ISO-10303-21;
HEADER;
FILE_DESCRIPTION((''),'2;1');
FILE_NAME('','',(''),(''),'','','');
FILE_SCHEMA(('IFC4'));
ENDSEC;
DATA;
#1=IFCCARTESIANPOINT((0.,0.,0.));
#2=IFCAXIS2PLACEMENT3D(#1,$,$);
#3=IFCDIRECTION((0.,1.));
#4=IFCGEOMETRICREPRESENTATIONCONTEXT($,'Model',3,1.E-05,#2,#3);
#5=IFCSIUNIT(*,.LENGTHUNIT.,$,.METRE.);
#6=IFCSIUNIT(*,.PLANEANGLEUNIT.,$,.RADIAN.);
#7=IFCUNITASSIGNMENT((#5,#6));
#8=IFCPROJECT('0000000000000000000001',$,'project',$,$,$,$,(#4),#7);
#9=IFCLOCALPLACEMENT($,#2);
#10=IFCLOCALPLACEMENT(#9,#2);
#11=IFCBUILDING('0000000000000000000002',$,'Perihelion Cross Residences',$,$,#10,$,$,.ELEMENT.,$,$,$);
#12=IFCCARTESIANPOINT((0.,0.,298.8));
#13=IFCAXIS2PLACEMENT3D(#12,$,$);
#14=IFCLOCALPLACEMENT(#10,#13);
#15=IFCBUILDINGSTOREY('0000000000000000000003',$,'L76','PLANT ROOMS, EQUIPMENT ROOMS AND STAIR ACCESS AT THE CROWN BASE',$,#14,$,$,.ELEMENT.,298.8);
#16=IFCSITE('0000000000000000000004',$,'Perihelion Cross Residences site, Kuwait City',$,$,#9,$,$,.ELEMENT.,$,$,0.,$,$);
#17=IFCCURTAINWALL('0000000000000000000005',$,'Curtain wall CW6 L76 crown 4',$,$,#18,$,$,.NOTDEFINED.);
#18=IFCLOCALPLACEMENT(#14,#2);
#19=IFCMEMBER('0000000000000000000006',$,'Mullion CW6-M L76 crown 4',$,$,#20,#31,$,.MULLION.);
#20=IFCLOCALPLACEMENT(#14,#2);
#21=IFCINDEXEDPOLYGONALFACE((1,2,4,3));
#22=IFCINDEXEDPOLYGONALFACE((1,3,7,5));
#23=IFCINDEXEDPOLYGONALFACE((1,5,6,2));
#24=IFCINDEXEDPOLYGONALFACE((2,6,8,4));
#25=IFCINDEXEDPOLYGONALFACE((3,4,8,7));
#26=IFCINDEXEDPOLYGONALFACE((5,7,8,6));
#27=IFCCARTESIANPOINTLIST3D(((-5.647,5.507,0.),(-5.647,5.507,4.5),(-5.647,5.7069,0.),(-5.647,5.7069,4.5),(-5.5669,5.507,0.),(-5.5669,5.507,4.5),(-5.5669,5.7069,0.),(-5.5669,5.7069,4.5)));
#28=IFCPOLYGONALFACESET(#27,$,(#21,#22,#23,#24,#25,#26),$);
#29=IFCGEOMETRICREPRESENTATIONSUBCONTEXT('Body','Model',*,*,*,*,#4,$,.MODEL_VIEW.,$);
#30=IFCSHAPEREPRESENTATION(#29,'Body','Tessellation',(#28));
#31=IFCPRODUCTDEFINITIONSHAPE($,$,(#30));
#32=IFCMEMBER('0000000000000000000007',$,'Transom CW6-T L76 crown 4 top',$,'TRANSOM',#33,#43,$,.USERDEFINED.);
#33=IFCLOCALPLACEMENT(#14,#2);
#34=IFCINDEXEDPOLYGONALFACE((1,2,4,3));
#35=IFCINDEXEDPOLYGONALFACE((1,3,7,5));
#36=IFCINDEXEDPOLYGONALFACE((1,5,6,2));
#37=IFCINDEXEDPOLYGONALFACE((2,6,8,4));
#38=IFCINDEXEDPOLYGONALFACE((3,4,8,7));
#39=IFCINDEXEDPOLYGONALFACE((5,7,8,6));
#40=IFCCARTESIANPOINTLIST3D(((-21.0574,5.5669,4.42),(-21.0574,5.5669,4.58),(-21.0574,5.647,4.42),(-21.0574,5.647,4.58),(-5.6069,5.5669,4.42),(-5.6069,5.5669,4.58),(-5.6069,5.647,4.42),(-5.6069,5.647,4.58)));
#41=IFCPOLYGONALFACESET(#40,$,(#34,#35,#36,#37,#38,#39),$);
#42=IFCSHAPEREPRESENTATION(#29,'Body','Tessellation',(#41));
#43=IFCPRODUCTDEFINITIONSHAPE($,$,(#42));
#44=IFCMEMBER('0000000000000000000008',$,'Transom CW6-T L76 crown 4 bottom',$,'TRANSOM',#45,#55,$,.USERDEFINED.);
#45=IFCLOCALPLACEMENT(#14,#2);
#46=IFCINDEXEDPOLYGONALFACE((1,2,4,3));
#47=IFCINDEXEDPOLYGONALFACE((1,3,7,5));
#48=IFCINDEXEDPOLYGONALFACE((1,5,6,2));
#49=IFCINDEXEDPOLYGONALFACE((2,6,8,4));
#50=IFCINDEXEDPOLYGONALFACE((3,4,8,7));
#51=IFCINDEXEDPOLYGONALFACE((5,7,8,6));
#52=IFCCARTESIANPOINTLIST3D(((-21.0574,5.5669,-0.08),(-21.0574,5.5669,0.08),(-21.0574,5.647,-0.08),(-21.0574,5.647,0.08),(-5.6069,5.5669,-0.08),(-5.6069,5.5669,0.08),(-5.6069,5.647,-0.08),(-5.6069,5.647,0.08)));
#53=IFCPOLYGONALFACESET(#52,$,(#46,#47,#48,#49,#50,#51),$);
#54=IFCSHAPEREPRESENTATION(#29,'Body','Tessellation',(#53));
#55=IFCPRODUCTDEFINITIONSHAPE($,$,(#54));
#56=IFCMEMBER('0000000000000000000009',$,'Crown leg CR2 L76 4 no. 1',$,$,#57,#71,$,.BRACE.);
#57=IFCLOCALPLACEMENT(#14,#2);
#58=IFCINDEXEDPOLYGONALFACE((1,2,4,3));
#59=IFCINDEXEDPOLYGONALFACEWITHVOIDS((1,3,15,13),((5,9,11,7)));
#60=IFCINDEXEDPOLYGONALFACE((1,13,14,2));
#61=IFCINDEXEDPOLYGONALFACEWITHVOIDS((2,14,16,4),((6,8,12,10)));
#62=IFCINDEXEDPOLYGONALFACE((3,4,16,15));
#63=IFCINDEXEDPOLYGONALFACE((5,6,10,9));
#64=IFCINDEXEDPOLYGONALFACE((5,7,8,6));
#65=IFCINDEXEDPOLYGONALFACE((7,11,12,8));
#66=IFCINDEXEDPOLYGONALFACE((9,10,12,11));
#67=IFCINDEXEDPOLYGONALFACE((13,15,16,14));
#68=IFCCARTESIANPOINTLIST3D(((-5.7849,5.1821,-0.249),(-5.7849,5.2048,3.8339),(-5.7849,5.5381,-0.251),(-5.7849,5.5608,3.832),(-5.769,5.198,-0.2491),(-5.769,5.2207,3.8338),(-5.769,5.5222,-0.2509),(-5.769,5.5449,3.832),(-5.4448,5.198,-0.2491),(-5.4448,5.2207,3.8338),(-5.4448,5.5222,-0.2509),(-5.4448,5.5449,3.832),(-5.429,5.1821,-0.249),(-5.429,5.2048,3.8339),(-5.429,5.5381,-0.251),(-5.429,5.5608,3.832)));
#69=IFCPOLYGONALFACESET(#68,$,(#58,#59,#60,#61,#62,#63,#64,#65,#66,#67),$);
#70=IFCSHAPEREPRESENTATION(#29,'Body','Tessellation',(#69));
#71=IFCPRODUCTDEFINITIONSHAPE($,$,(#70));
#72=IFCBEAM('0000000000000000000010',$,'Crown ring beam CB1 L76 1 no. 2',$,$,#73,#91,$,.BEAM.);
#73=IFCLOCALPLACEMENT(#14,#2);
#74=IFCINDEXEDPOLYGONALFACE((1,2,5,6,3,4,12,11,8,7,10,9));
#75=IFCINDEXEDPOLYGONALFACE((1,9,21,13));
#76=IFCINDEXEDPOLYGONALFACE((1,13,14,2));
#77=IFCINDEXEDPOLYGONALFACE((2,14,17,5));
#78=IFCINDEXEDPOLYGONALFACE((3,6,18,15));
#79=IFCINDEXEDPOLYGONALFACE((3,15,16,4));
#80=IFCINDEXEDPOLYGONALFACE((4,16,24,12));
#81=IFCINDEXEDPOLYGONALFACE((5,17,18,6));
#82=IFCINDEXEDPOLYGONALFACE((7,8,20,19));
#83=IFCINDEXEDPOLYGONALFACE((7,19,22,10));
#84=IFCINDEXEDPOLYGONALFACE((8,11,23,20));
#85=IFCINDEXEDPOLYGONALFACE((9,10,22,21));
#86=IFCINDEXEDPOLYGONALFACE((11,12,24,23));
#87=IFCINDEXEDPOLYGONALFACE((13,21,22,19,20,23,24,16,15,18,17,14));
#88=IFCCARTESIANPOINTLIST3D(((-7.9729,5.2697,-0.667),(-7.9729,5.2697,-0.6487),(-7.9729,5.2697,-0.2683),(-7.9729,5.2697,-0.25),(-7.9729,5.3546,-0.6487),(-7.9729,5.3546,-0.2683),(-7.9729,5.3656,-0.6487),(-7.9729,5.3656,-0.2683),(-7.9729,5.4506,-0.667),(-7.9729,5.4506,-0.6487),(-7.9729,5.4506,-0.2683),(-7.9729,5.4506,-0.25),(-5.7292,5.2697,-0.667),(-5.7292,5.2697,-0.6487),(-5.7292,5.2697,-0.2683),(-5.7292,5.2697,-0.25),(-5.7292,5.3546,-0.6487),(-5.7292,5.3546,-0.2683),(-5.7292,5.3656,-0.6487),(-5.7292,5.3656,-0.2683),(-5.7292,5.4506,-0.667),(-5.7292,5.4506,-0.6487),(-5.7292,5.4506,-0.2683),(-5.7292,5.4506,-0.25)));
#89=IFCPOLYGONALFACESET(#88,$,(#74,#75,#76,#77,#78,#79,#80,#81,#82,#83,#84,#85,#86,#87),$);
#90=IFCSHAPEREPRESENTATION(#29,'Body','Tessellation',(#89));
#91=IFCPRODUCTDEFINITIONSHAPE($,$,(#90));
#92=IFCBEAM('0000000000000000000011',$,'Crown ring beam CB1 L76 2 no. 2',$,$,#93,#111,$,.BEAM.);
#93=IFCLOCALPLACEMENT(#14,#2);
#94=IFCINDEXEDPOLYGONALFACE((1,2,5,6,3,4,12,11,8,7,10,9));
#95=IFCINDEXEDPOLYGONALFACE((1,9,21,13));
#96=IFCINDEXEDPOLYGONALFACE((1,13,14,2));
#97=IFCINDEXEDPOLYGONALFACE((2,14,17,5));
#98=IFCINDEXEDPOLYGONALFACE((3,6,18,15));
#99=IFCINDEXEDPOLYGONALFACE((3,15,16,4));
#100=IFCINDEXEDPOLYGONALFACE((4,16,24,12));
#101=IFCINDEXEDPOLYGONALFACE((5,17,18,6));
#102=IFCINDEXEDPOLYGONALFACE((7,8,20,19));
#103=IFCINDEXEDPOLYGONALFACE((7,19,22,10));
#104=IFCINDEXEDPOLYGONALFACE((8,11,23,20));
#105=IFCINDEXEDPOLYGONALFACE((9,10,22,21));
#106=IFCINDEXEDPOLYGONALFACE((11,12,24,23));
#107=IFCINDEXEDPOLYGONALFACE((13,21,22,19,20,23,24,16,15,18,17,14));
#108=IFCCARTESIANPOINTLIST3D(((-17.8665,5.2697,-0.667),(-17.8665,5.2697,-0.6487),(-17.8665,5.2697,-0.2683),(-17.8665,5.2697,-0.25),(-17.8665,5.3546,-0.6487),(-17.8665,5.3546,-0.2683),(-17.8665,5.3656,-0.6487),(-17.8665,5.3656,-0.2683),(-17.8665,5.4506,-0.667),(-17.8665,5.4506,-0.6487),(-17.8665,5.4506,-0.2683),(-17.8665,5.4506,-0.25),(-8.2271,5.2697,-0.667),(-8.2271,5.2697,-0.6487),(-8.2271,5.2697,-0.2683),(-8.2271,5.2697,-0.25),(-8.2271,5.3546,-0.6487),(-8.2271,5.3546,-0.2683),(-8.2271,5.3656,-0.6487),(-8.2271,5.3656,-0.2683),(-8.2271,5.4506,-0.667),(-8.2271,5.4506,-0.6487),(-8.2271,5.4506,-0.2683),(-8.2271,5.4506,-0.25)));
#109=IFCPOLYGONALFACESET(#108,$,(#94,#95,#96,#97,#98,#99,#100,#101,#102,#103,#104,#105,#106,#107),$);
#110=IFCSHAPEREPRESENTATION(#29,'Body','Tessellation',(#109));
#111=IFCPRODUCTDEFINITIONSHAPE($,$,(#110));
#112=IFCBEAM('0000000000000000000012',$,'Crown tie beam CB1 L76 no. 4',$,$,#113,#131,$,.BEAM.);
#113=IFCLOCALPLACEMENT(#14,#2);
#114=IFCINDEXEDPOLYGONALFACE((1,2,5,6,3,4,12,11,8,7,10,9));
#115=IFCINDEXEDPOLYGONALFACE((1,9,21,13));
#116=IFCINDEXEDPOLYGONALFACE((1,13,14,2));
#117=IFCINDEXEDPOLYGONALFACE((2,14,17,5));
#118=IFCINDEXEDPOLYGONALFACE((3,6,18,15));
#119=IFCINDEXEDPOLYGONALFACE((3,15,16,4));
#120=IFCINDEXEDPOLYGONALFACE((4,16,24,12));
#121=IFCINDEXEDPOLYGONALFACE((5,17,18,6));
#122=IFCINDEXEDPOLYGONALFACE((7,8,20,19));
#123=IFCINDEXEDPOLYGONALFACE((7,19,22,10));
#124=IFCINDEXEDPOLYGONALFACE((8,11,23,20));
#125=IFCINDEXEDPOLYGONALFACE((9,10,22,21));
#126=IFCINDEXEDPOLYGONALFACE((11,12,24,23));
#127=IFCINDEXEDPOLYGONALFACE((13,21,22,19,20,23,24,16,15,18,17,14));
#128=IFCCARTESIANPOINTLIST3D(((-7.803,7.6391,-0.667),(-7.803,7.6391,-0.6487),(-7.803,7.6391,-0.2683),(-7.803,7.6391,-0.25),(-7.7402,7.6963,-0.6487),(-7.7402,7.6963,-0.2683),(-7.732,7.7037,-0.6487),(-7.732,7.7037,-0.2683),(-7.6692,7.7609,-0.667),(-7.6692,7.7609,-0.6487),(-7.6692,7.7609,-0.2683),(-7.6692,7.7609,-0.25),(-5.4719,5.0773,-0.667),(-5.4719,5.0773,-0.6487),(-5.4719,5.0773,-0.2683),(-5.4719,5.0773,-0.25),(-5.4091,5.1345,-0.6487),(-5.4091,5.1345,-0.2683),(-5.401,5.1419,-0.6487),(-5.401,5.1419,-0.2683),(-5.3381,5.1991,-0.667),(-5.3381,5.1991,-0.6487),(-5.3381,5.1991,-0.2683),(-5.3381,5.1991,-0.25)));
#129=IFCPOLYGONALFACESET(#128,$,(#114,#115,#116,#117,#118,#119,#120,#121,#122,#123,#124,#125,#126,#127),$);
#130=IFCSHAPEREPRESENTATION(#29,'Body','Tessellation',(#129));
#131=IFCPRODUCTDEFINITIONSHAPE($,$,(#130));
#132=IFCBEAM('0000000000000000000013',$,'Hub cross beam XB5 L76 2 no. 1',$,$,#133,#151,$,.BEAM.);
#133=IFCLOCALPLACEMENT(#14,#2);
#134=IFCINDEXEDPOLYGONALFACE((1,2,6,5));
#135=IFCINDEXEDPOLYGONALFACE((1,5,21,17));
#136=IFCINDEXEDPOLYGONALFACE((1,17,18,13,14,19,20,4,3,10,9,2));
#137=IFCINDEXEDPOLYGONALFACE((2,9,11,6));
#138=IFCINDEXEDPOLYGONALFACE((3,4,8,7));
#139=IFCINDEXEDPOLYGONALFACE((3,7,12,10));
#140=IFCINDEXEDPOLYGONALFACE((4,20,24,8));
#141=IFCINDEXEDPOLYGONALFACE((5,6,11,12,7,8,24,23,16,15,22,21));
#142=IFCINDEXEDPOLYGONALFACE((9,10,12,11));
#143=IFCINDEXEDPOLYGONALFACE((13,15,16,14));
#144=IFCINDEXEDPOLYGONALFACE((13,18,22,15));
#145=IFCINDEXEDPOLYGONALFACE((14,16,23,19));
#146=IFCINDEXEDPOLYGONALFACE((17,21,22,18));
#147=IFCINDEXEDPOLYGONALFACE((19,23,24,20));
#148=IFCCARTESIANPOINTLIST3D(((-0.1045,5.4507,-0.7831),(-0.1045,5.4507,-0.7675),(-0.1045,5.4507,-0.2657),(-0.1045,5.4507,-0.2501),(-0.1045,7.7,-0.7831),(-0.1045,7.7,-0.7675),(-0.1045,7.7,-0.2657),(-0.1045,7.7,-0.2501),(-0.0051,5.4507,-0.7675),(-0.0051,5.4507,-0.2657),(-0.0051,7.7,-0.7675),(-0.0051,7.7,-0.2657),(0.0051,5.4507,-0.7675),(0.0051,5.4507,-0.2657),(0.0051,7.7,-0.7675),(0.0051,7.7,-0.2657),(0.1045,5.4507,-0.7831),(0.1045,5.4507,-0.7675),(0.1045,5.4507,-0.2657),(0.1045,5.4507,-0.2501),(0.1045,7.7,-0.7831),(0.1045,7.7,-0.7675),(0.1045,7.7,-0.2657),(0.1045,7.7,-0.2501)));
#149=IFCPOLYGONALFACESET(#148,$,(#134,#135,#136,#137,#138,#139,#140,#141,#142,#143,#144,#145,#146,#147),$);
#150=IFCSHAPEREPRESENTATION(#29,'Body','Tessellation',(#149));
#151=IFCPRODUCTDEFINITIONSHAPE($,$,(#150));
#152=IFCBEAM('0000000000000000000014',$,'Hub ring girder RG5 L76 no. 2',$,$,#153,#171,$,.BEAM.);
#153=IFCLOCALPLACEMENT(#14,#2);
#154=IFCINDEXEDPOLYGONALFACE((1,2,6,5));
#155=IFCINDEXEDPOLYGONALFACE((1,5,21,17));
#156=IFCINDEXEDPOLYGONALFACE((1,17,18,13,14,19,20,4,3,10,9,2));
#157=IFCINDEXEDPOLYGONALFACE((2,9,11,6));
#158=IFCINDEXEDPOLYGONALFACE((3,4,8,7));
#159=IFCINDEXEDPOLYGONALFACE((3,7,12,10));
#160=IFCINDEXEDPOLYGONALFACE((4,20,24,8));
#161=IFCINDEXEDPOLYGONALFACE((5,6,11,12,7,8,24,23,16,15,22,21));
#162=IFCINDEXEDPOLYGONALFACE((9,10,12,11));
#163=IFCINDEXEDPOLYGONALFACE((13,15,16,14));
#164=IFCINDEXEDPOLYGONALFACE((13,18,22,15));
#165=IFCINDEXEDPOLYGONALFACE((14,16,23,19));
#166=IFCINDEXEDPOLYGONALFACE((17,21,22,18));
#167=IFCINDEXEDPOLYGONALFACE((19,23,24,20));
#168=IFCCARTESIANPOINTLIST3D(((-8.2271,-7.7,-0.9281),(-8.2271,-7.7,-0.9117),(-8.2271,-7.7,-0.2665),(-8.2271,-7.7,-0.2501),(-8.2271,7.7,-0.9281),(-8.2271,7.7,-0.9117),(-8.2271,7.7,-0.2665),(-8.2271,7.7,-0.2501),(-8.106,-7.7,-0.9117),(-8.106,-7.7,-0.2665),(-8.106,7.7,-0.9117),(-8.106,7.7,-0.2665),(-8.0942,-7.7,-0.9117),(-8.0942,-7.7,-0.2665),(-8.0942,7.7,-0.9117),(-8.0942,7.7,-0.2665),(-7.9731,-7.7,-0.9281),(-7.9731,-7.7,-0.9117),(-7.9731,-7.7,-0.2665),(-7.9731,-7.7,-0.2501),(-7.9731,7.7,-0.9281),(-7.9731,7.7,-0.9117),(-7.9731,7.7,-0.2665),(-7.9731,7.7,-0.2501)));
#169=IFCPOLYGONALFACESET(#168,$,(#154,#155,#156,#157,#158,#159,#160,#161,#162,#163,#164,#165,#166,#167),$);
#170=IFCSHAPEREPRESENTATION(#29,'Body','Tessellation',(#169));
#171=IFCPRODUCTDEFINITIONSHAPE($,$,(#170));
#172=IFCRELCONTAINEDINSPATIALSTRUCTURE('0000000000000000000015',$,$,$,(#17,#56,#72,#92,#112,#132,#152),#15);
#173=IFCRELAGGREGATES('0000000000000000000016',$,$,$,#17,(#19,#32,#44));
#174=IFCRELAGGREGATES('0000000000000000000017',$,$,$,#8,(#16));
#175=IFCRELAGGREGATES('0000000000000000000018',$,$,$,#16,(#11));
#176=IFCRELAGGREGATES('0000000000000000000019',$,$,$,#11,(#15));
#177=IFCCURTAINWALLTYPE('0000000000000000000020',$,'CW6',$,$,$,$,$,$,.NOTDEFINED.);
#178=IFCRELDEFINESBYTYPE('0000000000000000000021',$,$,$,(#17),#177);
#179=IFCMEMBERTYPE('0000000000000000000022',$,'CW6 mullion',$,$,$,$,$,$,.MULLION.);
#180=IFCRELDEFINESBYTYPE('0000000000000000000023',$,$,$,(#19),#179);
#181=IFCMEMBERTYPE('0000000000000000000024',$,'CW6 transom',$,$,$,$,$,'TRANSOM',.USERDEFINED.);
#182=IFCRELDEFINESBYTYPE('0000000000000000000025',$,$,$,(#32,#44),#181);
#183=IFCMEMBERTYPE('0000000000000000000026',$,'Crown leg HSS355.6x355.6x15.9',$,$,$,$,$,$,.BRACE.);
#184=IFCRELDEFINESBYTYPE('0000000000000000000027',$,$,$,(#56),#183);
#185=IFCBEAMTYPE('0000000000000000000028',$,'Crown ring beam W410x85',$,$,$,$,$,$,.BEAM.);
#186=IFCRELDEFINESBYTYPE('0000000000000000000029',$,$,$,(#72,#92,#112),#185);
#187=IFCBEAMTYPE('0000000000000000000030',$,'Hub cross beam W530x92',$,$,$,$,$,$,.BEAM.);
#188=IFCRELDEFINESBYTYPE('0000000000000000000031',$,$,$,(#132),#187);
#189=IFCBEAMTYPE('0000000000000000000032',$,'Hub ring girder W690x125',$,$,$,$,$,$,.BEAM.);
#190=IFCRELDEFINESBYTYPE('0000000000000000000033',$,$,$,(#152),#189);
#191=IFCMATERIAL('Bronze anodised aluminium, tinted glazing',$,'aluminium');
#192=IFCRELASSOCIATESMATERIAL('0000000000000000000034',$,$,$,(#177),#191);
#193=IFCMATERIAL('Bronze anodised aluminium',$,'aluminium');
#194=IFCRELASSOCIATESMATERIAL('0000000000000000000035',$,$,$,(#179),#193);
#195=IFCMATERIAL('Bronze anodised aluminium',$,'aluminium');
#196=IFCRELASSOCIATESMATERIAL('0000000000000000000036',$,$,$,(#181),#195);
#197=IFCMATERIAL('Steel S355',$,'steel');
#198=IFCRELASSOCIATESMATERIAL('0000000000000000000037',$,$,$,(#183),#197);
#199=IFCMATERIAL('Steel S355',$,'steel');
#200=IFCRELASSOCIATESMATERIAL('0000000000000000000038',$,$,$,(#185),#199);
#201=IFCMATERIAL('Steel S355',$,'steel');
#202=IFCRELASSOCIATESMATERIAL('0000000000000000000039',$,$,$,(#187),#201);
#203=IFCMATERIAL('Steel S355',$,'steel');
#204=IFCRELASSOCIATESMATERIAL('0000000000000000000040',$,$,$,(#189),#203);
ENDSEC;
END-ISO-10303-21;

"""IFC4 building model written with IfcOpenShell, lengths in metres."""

from ifc_helpers import new_model, si_unit, direction, frame, origin, origin_2d, place, context, subcontext, project, spatial, rectangle, hollow_rectangle, i_section, extrude, material, material_profile, profile_set, type_object, element, aggregate, save


model = new_model("IFC4")

# Units and contexts
model_context = context("Model", 3, precision=1e-05, world=origin(), true_north=direction((0.0, 1.0)))
body_context = subcontext(model_context, "Body", "Model", "MODEL_VIEW")
ifc_project = project(units=[si_unit("LENGTHUNIT", "METRE"), si_unit("PLANEANGLEUNIT", "RADIAN")], contexts=[model_context])

# Site, building, storey
site_placement = place(None, origin())
site = spatial("IfcSite", under=ifc_project, at=site_placement, Name="Perihelion Cross Residences site, Kuwait City", CompositionType="ELEMENT", RefElevation=0.0)
building_placement = place(site_placement, origin())
building = spatial("IfcBuilding", under=site, at=building_placement, Name="Perihelion Cross Residences", CompositionType="ELEMENT")
storey_placement = place(building_placement, frame((0.0, 0.0, 298.8)))
storey = spatial("IfcBuildingStorey", under=building, at=storey_placement, Name="L76", Description="PLANT ROOMS, EQUIPMENT ROOMS AND STAIR ACCESS AT THE CROWN BASE", CompositionType="ELEMENT", Elevation=298.8)

# Curtain wall, members
ifc_material_1 = material(Name="Bronze anodised aluminium, tinted glazing", Category="aluminium")
curtain_wall_type = type_object("IfcCurtainWallType", Name="CW6", PredefinedType="NOTDEFINED", material=ifc_material_1)
curtain_wall_1_placement = place(storey_placement, origin())
curtain_wall_1 = element("IfcCurtainWall", 1, at=curtain_wall_1_placement, inside=storey, type_object=curtain_wall_type, Name="Curtain wall CW6 L76 crown 4", PredefinedType="NOTDEFINED")
ifc_material_2 = material(Name="Bronze anodised aluminium", Category="aluminium")
ifc_material_profile_1 = material_profile(ifc_material_2, rectangle(XDim=0.0801, YDim=0.2, at=origin_2d()), Name="CW6 mullion")
ifc_profile_set_1 = profile_set([ifc_material_profile_1], Name="Bronze anodised aluminium")
member_type_1 = type_object("IfcMemberType", Name="CW6 mullion", PredefinedType="MULLION", material=ifc_profile_set_1)
member_1_placement = place(storey_placement, frame((-5.6069, 5.6069, 0.0), z_axis=(0.0, 0.0, 1.0), x_axis=(1.0, 0.0, 0.0)))
member_1 = element("IfcMember", 2, at=member_1_placement, type_object=member_type_1, Name="Mullion CW6-M L76 crown 4", PredefinedType="MULLION", context=body_context, shape_type="SweptSolid", body=[
    extrude(rectangle(XDim=0.0801, YDim=0.2, at=origin_2d()), origin(), (0.0, 0.0, 1.0), 4.5),
])
ifc_material_3 = material(Name="Bronze anodised aluminium", Category="aluminium")
ifc_material_profile_2 = material_profile(ifc_material_3, rectangle(XDim=0.0801, YDim=0.1599, at=origin_2d()), Name="CW6 transom")
ifc_profile_set_2 = profile_set([ifc_material_profile_2], Name="Bronze anodised aluminium")
member_type_2 = type_object("IfcMemberType", Name="CW6 transom", ElementType="TRANSOM", PredefinedType="USERDEFINED", material=ifc_profile_set_2)
member_2_placement = place(storey_placement, frame((-5.6069, 5.6069, 4.5), z_axis=(-1.0, 0.0, 0.0), x_axis=(0.0, -1.0, 0.0)))
member_2 = element("IfcMember", 3, at=member_2_placement, type_object=member_type_2, Name="Transom CW6-T L76 crown 4 top", ObjectType="TRANSOM", PredefinedType="USERDEFINED", context=body_context, shape_type="SweptSolid", body=[
    extrude(rectangle(XDim=0.0801, YDim=0.1599, at=origin_2d()), origin(), (0.0, 0.0, 1.0), 15.4504),
])
member_3_placement = place(storey_placement, frame((-5.6069, 5.6069, 0.0), z_axis=(-1.0, 0.0, 0.0), x_axis=(0.0, -1.0, 0.0)))
member_3 = element("IfcMember", 4, at=member_3_placement, type_object=member_type_2, Name="Transom CW6-T L76 crown 4 bottom", ObjectType="TRANSOM", PredefinedType="USERDEFINED", context=body_context, shape_type="SweptSolid", body=[
    extrude(rectangle(XDim=0.0801, YDim=0.1599, at=origin_2d()), origin(), (0.0, 0.0, 1.0), 15.4504),
])
aggregate(curtain_wall_1, [member_1, member_2, member_3])

# Member
ifc_material_4 = material(Name="Steel S355", Category="steel")
ifc_material_profile_3 = material_profile(ifc_material_4, hollow_rectangle(XDim=0.356, YDim=0.356, WallThickness=0.0159, at=origin_2d()), Name="HSS355.6x355.6x15.9")
ifc_profile_set_3 = profile_set([ifc_material_profile_3], Name="Steel S355")
member_type_3 = type_object("IfcMemberType", Name="Crown leg HSS355.6x355.6x15.9", PredefinedType="BRACE", material=ifc_profile_set_3)
member_4_placement = place(storey_placement, frame((-5.6069, 5.3601, -0.25), z_axis=(0.0, 0.005561, 0.999985), x_axis=(-1.0, 0.0, 0.0)))
element("IfcMember", 5, at=member_4_placement, inside=storey, type_object=member_type_3, Name="Crown leg CR2 L76 4 no. 1", PredefinedType="BRACE", context=body_context, shape_type="SweptSolid", body=[
    extrude(hollow_rectangle(XDim=0.356, YDim=0.356, WallThickness=0.0159, at=origin_2d()), origin(), (0.0, 0.0, 1.0), 4.083),
])

# Beams
ifc_material_5 = material(Name="Steel S355", Category="steel")
ifc_material_profile_4 = material_profile(ifc_material_5, i_section(OverallWidth=0.1809, OverallDepth=0.417, WebThickness=0.011, FlangeThickness=0.0183, at=origin_2d()), Name="W410x85")
ifc_profile_set_4 = profile_set([ifc_material_profile_4], Name="Steel S355")
beam_type_1 = type_object("IfcBeamType", Name="Crown ring beam W410x85", PredefinedType="BEAM", material=ifc_profile_set_4)
beam_1_placement = place(storey_placement, frame((-5.7292, 5.3601, -0.4585), z_axis=(-1.0, 0.0, 0.0), x_axis=(0.0, -1.0, 0.0)))
element("IfcBeam", 6, at=beam_1_placement, inside=storey, type_object=beam_type_1, Name="Crown ring beam CB1 L76 1 no. 2", PredefinedType="BEAM", context=body_context, shape_type="SweptSolid", body=[
    extrude(i_section(OverallWidth=0.1809, OverallDepth=0.417, WebThickness=0.011, FlangeThickness=0.0183, at=origin_2d()), origin(), (0.0, 0.0, 1.0), 2.2437),
])
beam_2_placement = place(storey_placement, frame((-8.2271, 5.3601, -0.4585), z_axis=(-1.0, 0.0, 0.0), x_axis=(0.0, -1.0, 0.0)))
element("IfcBeam", 7, at=beam_2_placement, inside=storey, type_object=beam_type_1, Name="Crown ring beam CB1 L76 2 no. 2", PredefinedType="BEAM", context=body_context, shape_type="SweptSolid", body=[
    extrude(i_section(OverallWidth=0.1809, OverallDepth=0.417, WebThickness=0.011, FlangeThickness=0.0183, at=origin_2d()), origin(), (0.0, 0.0, 1.0), 9.6394),
])
beam_3_placement = place(storey_placement, frame((-5.405, 5.1382, -0.4585), z_axis=(-0.673017, 0.739627, 0.0), x_axis=(-0.739627, -0.673017, 0.0)))
element("IfcBeam", 8, at=beam_3_placement, inside=storey, type_object=beam_type_1, Name="Crown tie beam CB1 L76 no. 4", PredefinedType="BEAM", context=body_context, shape_type="SweptSolid", body=[
    extrude(i_section(OverallWidth=0.1809, OverallDepth=0.417, WebThickness=0.011, FlangeThickness=0.0183, at=origin_2d()), origin(), (0.0, 0.0, 1.0), 3.4636),
])
ifc_material_6 = material(Name="Steel S355", Category="steel")
ifc_material_profile_5 = material_profile(ifc_material_6, i_section(OverallWidth=0.209, OverallDepth=0.533, WebThickness=0.0103, FlangeThickness=0.0156, at=origin_2d()), Name="W530x92")
ifc_profile_set_5 = profile_set([ifc_material_profile_5], Name="Steel S355")
beam_type_2 = type_object("IfcBeamType", Name="Hub cross beam W530x92", PredefinedType="BEAM", material=ifc_profile_set_5)
beam_4_placement = place(storey_placement, frame((0.0, 5.4507, -0.5166), z_axis=(0.0, 1.0, 0.0), x_axis=(-1.0, 0.0, 0.0)))
element("IfcBeam", 9, at=beam_4_placement, inside=storey, type_object=beam_type_2, Name="Hub cross beam XB5 L76 2 no. 1", PredefinedType="BEAM", context=body_context, shape_type="SweptSolid", body=[
    extrude(i_section(OverallWidth=0.209, OverallDepth=0.533, WebThickness=0.0103, FlangeThickness=0.0156, at=origin_2d()), origin(), (0.0, 0.0, 1.0), 2.2493),
])
ifc_material_7 = material(Name="Steel S355", Category="steel")
ifc_material_profile_6 = material_profile(ifc_material_7, i_section(OverallWidth=0.2539, OverallDepth=0.678, WebThickness=0.0117, FlangeThickness=0.0164, at=origin_2d()), Name="W690x125")
ifc_profile_set_6 = profile_set([ifc_material_profile_6], Name="Steel S355")
beam_type_3 = type_object("IfcBeamType", Name="Hub ring girder W690x125", PredefinedType="BEAM", material=ifc_profile_set_6)
beam_5_placement = place(storey_placement, frame((-8.1001, 7.7, -0.5891), z_axis=(0.0, -1.0, 0.0), x_axis=(1.0, 0.0, 0.0)))
element("IfcBeam", 10, at=beam_5_placement, inside=storey, type_object=beam_type_3, Name="Hub ring girder RG5 L76 no. 2", PredefinedType="BEAM", context=body_context, shape_type="SweptSolid", body=[
    extrude(i_section(OverallWidth=0.2539, OverallDepth=0.678, WebThickness=0.0117, FlangeThickness=0.0164, at=origin_2d()), origin(), (0.0, 0.0, 1.0), 15.3999),
])

save(model, "model.ifc")
